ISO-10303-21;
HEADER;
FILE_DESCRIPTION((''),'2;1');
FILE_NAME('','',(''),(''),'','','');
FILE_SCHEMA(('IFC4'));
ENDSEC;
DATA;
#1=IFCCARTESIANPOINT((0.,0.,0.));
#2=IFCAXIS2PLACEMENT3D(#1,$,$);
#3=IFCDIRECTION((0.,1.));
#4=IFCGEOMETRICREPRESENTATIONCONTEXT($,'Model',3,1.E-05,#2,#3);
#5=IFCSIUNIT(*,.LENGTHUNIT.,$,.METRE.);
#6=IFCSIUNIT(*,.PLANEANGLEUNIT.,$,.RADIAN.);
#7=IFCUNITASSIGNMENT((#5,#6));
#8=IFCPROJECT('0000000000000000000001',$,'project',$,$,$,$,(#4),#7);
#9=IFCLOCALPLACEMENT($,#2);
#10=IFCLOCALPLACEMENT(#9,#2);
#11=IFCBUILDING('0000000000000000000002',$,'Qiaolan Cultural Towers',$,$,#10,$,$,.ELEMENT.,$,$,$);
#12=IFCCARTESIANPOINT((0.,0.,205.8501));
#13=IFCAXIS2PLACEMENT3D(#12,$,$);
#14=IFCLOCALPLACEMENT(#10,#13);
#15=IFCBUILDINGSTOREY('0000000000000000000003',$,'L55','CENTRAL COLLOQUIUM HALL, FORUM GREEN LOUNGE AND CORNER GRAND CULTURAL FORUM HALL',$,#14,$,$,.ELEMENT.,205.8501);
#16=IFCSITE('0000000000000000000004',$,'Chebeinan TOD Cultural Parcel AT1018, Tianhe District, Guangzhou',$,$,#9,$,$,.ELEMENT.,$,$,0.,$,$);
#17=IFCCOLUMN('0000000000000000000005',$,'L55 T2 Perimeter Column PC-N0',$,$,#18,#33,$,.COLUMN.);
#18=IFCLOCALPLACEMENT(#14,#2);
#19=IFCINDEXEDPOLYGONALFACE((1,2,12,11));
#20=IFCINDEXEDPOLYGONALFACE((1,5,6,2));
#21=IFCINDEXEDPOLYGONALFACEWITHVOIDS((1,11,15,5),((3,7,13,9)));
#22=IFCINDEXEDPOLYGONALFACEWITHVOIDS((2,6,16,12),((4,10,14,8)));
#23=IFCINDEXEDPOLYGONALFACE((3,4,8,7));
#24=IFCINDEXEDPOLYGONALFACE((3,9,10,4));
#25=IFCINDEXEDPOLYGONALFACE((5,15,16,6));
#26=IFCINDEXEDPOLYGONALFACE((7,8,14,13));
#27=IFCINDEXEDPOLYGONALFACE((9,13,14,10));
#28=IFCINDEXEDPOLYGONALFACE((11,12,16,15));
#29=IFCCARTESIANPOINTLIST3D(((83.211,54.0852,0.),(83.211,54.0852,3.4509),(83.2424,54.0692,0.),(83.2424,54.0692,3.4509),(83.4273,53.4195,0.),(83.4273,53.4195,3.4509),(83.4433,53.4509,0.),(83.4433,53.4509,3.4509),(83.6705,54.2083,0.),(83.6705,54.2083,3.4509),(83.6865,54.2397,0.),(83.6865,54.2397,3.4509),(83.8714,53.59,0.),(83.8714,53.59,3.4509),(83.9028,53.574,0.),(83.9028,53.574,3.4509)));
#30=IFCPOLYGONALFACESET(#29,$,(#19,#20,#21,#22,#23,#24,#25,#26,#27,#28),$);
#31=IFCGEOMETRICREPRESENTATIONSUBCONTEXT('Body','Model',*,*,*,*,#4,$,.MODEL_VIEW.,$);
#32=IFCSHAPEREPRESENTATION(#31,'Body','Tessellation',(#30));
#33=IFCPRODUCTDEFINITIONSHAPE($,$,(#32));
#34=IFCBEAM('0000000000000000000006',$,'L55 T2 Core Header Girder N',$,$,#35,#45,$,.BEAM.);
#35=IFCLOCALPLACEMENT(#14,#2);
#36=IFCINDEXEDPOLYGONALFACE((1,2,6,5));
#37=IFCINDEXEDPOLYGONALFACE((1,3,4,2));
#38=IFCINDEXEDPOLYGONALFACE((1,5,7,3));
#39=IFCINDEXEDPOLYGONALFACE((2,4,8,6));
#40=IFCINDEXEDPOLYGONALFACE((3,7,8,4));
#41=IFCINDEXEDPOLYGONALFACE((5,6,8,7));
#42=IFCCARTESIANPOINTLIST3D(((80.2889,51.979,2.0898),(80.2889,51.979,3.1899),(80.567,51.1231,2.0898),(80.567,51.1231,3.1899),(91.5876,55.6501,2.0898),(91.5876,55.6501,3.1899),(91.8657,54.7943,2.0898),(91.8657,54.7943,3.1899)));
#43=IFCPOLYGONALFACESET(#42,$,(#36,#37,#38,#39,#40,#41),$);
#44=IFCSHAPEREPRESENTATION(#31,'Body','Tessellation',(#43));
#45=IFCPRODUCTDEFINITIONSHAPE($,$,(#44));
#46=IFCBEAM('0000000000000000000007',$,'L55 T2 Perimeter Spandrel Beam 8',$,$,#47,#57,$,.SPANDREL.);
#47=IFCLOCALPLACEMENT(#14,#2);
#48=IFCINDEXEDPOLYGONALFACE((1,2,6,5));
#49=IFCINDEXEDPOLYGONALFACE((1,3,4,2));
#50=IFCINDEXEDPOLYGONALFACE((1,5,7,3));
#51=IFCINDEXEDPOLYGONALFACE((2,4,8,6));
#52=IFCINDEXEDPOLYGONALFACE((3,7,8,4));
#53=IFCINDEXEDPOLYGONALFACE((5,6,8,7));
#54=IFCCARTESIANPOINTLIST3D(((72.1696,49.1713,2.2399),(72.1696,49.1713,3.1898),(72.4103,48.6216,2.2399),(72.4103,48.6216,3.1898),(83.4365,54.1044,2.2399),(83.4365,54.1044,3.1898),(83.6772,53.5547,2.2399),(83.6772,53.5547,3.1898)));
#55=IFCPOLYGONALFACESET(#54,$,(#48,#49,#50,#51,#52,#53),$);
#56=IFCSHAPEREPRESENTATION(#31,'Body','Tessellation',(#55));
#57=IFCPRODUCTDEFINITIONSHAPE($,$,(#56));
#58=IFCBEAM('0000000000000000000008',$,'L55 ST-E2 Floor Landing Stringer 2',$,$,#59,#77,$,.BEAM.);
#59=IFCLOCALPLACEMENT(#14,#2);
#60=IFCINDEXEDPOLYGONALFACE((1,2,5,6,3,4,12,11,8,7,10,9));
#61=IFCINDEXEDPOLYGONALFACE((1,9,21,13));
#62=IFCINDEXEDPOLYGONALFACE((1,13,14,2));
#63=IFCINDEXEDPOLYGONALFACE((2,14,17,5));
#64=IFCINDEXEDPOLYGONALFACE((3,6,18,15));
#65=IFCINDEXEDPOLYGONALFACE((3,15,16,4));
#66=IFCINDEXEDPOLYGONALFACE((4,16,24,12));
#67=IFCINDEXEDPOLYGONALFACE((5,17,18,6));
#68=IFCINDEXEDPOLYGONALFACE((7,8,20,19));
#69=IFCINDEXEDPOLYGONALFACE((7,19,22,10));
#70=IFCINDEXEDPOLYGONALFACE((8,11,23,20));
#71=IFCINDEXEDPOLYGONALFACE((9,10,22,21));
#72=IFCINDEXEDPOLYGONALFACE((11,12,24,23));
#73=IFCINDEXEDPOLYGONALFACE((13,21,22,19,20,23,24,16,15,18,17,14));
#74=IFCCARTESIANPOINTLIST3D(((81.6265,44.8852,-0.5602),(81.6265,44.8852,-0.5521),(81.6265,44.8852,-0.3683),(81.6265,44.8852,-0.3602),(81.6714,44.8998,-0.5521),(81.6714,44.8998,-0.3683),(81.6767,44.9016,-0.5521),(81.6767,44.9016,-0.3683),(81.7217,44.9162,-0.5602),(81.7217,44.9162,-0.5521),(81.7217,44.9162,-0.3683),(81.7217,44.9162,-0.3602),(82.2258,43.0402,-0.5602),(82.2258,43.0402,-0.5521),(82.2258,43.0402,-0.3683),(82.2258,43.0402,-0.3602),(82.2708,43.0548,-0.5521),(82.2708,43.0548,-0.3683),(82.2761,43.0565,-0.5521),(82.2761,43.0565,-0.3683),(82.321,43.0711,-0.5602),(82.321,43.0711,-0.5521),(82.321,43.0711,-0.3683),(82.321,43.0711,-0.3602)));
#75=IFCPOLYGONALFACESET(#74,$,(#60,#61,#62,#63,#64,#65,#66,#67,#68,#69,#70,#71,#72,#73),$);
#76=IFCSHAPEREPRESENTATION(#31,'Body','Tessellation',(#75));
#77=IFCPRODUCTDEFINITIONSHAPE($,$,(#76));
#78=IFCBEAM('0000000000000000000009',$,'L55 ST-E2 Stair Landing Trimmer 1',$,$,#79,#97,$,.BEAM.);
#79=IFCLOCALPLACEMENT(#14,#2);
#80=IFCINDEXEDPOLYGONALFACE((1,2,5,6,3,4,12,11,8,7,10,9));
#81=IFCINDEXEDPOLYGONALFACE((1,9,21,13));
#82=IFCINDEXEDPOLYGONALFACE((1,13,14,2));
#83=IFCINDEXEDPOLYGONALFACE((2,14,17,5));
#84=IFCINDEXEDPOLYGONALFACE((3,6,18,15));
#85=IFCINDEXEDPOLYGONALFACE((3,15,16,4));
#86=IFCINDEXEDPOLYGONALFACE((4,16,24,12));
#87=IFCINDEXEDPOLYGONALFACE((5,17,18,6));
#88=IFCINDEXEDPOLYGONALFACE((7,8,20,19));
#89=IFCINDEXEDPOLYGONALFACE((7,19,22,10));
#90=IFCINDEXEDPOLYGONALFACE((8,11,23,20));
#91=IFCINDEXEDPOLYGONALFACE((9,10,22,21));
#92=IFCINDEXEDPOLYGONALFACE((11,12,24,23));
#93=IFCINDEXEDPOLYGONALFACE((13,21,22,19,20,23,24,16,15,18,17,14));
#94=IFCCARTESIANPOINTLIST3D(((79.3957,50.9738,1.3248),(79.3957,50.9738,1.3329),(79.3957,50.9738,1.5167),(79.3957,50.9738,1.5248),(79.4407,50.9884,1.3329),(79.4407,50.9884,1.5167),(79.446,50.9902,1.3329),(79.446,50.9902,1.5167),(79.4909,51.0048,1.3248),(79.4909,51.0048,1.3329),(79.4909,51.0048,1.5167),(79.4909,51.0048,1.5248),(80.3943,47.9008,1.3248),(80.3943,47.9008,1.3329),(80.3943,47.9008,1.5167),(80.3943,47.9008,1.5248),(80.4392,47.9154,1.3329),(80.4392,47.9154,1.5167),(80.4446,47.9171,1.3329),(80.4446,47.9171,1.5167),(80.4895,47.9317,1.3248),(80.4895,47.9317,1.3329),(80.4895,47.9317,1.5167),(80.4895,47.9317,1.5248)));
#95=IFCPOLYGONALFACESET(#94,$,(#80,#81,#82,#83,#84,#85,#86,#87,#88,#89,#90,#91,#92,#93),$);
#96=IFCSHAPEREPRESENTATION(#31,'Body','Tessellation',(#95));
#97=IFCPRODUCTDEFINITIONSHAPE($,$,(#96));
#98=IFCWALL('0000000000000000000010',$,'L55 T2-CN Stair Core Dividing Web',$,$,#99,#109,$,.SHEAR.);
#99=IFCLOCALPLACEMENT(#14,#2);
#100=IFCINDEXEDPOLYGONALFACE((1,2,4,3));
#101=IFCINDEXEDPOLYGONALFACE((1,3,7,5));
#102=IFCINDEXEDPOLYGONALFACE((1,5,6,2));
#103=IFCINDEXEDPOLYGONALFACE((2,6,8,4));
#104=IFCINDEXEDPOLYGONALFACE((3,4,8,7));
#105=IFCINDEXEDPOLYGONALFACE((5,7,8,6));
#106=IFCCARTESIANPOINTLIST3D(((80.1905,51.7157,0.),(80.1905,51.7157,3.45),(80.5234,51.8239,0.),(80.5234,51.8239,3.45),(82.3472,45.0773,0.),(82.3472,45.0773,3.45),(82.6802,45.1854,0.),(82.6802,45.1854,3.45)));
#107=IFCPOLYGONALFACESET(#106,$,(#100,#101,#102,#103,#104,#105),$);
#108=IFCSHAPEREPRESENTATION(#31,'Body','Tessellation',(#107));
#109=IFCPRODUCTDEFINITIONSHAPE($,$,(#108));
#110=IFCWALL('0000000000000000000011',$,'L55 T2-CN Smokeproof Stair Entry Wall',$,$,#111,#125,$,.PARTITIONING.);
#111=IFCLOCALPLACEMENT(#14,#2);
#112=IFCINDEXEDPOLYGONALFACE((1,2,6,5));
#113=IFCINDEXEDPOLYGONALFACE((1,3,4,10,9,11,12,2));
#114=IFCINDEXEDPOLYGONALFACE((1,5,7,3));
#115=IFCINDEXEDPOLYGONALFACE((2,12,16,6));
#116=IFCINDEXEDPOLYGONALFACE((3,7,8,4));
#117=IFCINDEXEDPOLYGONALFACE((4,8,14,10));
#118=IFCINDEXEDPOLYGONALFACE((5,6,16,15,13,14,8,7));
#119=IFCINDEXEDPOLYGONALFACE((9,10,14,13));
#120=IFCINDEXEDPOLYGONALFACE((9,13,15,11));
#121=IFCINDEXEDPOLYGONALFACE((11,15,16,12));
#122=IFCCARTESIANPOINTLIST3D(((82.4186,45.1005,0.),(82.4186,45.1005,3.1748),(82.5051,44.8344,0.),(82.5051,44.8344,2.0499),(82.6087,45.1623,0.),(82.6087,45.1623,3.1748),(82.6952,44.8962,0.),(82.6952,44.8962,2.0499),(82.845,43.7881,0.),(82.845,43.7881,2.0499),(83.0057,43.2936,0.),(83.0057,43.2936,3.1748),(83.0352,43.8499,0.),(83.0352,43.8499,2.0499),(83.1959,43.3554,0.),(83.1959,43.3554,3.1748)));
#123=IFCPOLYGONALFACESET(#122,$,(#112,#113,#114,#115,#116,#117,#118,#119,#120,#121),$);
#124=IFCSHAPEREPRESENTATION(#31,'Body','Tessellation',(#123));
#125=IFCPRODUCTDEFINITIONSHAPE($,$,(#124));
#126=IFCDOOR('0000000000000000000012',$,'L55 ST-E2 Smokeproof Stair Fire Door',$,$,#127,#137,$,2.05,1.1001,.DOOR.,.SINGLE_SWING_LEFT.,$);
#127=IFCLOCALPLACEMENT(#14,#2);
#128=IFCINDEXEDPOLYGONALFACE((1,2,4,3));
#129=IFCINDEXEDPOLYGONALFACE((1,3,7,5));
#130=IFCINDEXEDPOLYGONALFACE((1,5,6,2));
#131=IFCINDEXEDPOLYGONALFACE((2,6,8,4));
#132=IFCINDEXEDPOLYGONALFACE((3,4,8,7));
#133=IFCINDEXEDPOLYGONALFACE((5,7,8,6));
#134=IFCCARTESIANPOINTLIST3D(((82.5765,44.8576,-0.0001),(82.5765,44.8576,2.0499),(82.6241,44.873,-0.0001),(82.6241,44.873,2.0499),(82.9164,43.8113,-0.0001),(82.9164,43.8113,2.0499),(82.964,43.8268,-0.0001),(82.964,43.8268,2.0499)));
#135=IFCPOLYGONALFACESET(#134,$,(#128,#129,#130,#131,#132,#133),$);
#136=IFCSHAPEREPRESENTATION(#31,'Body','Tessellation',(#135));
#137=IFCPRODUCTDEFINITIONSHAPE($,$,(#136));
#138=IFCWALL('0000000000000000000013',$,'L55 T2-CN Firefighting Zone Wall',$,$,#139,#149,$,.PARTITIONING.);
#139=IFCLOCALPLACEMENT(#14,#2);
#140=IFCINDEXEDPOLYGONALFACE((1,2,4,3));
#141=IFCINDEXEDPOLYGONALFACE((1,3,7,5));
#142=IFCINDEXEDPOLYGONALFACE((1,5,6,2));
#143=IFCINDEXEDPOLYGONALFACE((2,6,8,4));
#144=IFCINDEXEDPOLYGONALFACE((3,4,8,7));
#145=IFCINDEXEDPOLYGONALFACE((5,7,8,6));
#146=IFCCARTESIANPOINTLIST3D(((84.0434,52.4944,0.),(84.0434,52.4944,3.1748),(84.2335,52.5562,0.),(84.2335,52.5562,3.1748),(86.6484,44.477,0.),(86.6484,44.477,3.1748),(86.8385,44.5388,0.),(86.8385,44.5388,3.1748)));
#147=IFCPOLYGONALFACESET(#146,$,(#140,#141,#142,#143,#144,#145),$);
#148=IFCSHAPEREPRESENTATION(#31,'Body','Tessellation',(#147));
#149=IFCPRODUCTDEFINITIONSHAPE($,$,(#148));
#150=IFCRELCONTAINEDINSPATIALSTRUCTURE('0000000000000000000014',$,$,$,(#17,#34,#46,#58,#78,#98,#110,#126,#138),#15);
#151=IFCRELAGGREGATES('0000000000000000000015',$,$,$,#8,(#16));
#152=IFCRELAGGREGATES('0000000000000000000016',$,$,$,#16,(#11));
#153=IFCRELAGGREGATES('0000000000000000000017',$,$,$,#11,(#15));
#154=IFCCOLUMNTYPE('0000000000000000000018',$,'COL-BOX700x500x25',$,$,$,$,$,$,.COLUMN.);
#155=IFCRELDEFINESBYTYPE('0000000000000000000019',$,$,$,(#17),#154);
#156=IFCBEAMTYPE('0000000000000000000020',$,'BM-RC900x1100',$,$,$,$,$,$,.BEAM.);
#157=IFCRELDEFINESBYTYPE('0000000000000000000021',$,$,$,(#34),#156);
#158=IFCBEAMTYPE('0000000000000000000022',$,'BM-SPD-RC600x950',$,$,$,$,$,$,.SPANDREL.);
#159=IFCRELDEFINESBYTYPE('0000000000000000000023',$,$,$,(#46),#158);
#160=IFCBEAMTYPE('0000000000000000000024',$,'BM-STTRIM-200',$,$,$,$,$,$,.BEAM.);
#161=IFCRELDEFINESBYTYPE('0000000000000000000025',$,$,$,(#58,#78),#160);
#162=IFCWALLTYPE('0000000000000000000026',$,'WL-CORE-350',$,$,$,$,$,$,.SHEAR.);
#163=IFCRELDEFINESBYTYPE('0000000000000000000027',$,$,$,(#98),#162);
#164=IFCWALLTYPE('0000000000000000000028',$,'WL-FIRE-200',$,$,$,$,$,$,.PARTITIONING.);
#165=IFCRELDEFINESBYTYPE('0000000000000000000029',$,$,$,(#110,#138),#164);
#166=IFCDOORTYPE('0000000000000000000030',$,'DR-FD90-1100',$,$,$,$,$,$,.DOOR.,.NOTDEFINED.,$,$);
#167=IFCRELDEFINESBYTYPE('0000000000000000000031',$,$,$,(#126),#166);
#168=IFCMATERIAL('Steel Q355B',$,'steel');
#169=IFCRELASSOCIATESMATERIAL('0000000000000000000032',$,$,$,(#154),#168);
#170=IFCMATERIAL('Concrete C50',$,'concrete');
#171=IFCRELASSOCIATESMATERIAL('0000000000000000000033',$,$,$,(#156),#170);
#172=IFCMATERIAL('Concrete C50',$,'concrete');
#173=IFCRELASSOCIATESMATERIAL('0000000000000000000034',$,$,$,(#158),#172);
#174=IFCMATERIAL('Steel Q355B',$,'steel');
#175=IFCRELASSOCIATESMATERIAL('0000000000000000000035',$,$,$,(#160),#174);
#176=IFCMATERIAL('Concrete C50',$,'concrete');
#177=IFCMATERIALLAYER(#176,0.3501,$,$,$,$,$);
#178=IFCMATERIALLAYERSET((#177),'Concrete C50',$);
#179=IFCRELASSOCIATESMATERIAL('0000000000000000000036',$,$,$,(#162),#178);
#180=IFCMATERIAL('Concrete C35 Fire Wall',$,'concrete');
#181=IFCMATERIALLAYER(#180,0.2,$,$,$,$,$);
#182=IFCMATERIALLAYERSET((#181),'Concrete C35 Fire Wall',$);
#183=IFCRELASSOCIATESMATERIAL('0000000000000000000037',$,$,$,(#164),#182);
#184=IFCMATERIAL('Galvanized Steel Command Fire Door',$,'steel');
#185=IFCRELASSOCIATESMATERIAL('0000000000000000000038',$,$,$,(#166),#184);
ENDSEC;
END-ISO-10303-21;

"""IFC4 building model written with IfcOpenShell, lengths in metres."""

from ifc_helpers import new_model, si_unit, direction, frame, frame_2d, origin, origin_2d, place, context, subcontext, project, spatial, rectangle, hollow_rectangle, i_section, extrude, material, layer, layer_set, material_profile, profile_set, type_object, element, fill, save


model = new_model("IFC4")

# Units and contexts
model_context = context("Model", 3, precision=1e-05, world=origin(), true_north=direction((0.0, 1.0)))
body_context = subcontext(model_context, "Body", "Model", "MODEL_VIEW")
ifc_project = project(units=[si_unit("LENGTHUNIT", "METRE"), si_unit("PLANEANGLEUNIT", "RADIAN")], contexts=[model_context])

# Site, building, storey
site_placement = place(None, origin())
site = spatial("IfcSite", under=ifc_project, at=site_placement, Name="Chebeinan TOD Cultural Parcel AT1018, Tianhe District, Guangzhou", CompositionType="ELEMENT", RefElevation=0.0)
building_placement = place(site_placement, origin())
building = spatial("IfcBuilding", under=site, at=building_placement, Name="Qiaolan Cultural Towers", CompositionType="ELEMENT")
storey_placement = place(building_placement, frame((0.0, 0.0, 205.8501)))
storey = spatial("IfcBuildingStorey", under=building, at=storey_placement, Name="L55", Description="CENTRAL COLLOQUIUM HALL, FORUM GREEN LOUNGE AND CORNER GRAND CULTURAL FORUM HALL", CompositionType="ELEMENT", Elevation=205.8501)

# Column
ifc_material_1 = material(Name="Steel Q355B", Category="steel")
ifc_material_profile_1 = material_profile(ifc_material_1, hollow_rectangle(XDim=0.5, YDim=0.7, WallThickness=0.0249, at=origin_2d()), Name="BOX700x500x25")
ifc_profile_set_1 = profile_set([ifc_material_profile_1], Name="Steel Q355B")
column_type = type_object("IfcColumnType", Name="COL-BOX700x500x25", PredefinedType="COLUMN", material=ifc_profile_set_1)
column_placement = place(storey_placement, frame((83.5569, 53.8296, 0.0), z_axis=(0.0, 0.0, 1.0), x_axis=(0.951057, 0.309017, 0.0)))
element("IfcColumn", 1, at=column_placement, inside=storey, type_object=column_type, Name="L55 T2 Perimeter Column PC-N0", PredefinedType="COLUMN", context=body_context, shape_type="SweptSolid", body=[
    extrude(hollow_rectangle(XDim=0.5, YDim=0.7, WallThickness=0.0249, at=origin_2d()), origin(), (0.0, 0.0, 1.0), 3.4509),
])

# Beams
ifc_material_2 = material(Name="Concrete C50", Category="concrete")
ifc_material_profile_2 = material_profile(ifc_material_2, rectangle(XDim=0.8999, YDim=1.1001, at=origin_2d()), Name="RC900x1100")
ifc_profile_set_2 = profile_set([ifc_material_profile_2], Name="Concrete C50")
beam_type_1 = type_object("IfcBeamType", Name="BM-RC900x1100", PredefinedType="BEAM", material=ifc_profile_set_2)
beam_1_placement = place(storey_placement, frame((80.428, 51.551, 2.6399), z_axis=(0.951056, 0.309018, 0.0), x_axis=(-0.309018, 0.951056, 0.0)))
element("IfcBeam", 2, at=beam_1_placement, inside=storey, type_object=beam_type_1, Name="L55 T2 Core Header Girder N", PredefinedType="BEAM", context=body_context, shape_type="SweptSolid", body=[
    extrude(rectangle(XDim=0.8999, YDim=1.1001, at=origin_2d()), origin(), (0.0, 0.0, 1.0), 11.8801),
])
ifc_material_3 = material(Name="Concrete C50", Category="concrete")
ifc_material_profile_3 = material_profile(ifc_material_3, rectangle(XDim=0.6001, YDim=0.95, at=origin_2d()), Name="RC600x950")
ifc_profile_set_3 = profile_set([ifc_material_profile_3], Name="Concrete C50")
beam_type_2 = type_object("IfcBeamType", Name="BM-SPD-RC600x950", PredefinedType="SPANDREL", material=ifc_profile_set_3)
beam_2_placement = place(storey_placement, frame((83.5569, 53.8296, 2.7148), z_axis=(-0.916042, -0.401082, 0.0), x_axis=(0.401082, -0.916042, 0.0)))
element("IfcBeam", 3, at=beam_2_placement, inside=storey, type_object=beam_type_2, Name="L55 T2 Perimeter Spandrel Beam 8", PredefinedType="SPANDREL", context=body_context, shape_type="SweptSolid", body=[
    extrude(rectangle(XDim=0.6001, YDim=0.95, at=origin_2d()), origin(), (0.0, 0.0, 1.0), 12.2996),
])
ifc_material_4 = material(Name="Steel Q355B", Category="steel")
ifc_material_profile_4 = material_profile(ifc_material_4, i_section(OverallWidth=0.1001, OverallDepth=0.2, WebThickness=0.0056, FlangeThickness=0.0081, at=origin_2d()), Name="HN200x100x5.5x8")
ifc_profile_set_4 = profile_set([ifc_material_profile_4], Name="Steel Q355B")
beam_type_3 = type_object("IfcBeamType", Name="BM-STTRIM-200", PredefinedType="BEAM", material=ifc_profile_set_4)
beam_3_placement = place(storey_placement, frame((82.2734, 43.0557, -0.4602), z_axis=(-0.308969, 0.951072, 0.0), x_axis=(-0.951072, -0.308969, 0.0)))
element("IfcBeam", 4, at=beam_3_placement, inside=storey, type_object=beam_type_3, Name="L55 ST-E2 Floor Landing Stringer 2", PredefinedType="BEAM", context=body_context, shape_type="SweptSolid", body=[
    extrude(i_section(OverallWidth=0.1001, OverallDepth=0.2, WebThickness=0.0056, FlangeThickness=0.0081, at=origin_2d()), origin(), (0.0, 0.0, 1.0), 1.9399),
])
beam_4_placement = place(storey_placement, frame((80.4419, 47.9163, 1.4248), z_axis=(-0.309033, 0.951051, 0.0), x_axis=(-0.951051, -0.309033, 0.0)))
element("IfcBeam", 5, at=beam_4_placement, inside=storey, type_object=beam_type_3, Name="L55 ST-E2 Stair Landing Trimmer 1", PredefinedType="BEAM", context=body_context, shape_type="SweptSolid", body=[
    extrude(i_section(OverallWidth=0.1001, OverallDepth=0.2, WebThickness=0.0056, FlangeThickness=0.0081, at=origin_2d()), origin(), (0.0, 0.0, 1.0), 3.2312),
])

# Wall
ifc_material_5 = material(Name="Concrete C50", Category="concrete")
ifc_layer_1 = layer(ifc_material_5, 0.3501)
ifc_layer_set_1 = layer_set([ifc_layer_1], Name="Concrete C50")
wall_type_1 = type_object("IfcWallType", Name="WL-CORE-350", PredefinedType="SHEAR", material=ifc_layer_set_1)
wall_1_placement = place(storey_placement, frame((82.5137, 45.1313, 0.0), z_axis=(0.0, 0.0, 1.0), x_axis=(-0.308989, 0.951066, 0.0)))
element("IfcWall", 6, at=wall_1_placement, inside=storey, type_object=wall_type_1, Name="L55 T2-CN Stair Core Dividing Web", PredefinedType="SHEAR", context=body_context, shape_type="SweptSolid", body=[
    extrude(rectangle(XDim=6.98, YDim=0.3501, at=frame_2d((3.49, 0.0))), origin(), (0.0, 0.0, 1.0), 3.45),
])

# Wall, opening, door
ifc_material_6 = material(Name="Concrete C35 Fire Wall", Category="concrete")
ifc_layer_2 = layer(ifc_material_6, 0.2)
ifc_layer_set_2 = layer_set([ifc_layer_2], Name="Concrete C35 Fire Wall")
wall_type_2 = type_object("IfcWallType", Name="WL-FIRE-200", PredefinedType="PARTITIONING", material=ifc_layer_set_2)
wall_2_placement = place(storey_placement, frame((83.1008, 43.3245, 0.0), z_axis=(0.0, 0.0, 1.0), x_axis=(-0.309048, 0.951046, 0.0)))
wall_2 = element("IfcWall", 7, at=wall_2_placement, inside=storey, type_object=wall_type_2, Name="L55 T2-CN Smokeproof Stair Entry Wall", PredefinedType="PARTITIONING", context=body_context, shape_type="SweptSolid", body=[
    extrude(rectangle(XDim=1.8999, YDim=0.2, at=frame_2d((0.95, 0.0))), origin(), (0.0, 0.0, 1.0), 3.1748),
])
opening_1_placement = place(wall_2_placement, frame((0.52, 0.0, 0.0)))
opening_1 = element("IfcOpeningElement", 8, at=opening_1_placement, cuts=wall_2, PredefinedType="OPENING", context=body_context, shape_type="SweptSolid", body=[
    extrude(rectangle(XDim=1.1001, YDim=2.05, at=frame_2d((0.55, 1.0249))), frame((0.0, 0.1099, 0.0), z_axis=(0.0, -1.0, 0.0), x_axis=(1.0, 0.0, 0.0)), (0.0, 0.0, 1.0), 0.22),
])
ifc_material_7 = material(Name="Galvanized Steel Command Fire Door", Category="steel")
door_type_1 = type_object("IfcDoorType", Name="DR-FD90-1100", OperationType="NOTDEFINED", PredefinedType="DOOR", material=ifc_material_7)
door_1_placement = place(opening_1_placement, origin())
door_1 = element("IfcDoor", 9, at=door_1_placement, inside=storey, type_object=door_type_1, Name="L55 ST-E2 Smokeproof Stair Fire Door", OperationType="SINGLE_SWING_LEFT", OverallHeight=2.05, OverallWidth=1.1001, PredefinedType="DOOR", context=body_context, shape_type="SweptSolid", body=[
    extrude(rectangle(XDim=1.1001, YDim=2.05, at=frame_2d((0.55, 1.0249))), frame((0.0, 0.0249, 0.0), z_axis=(0.0, -1.0, 0.0), x_axis=(1.0, 0.0, 0.0)), (0.0, 0.0, 1.0), 0.05),
])
fill(opening_1, door_1)

# Wall
wall_3_placement = place(storey_placement, frame((86.7434, 44.5081, 0.0), z_axis=(0.0, 0.0, 1.0), x_axis=(-0.309016, 0.951057, 0.0)))
element("IfcWall", 10, at=wall_3_placement, inside=storey, type_object=wall_type_2, Name="L55 T2-CN Firefighting Zone Wall", PredefinedType="PARTITIONING", context=body_context, shape_type="SweptSolid", body=[
    extrude(rectangle(XDim=8.4299, YDim=0.2, at=frame_2d((4.2148, 0.0))), origin(), (0.0, 0.0, 1.0), 3.1748),
])

save(model, "model.ifc")
